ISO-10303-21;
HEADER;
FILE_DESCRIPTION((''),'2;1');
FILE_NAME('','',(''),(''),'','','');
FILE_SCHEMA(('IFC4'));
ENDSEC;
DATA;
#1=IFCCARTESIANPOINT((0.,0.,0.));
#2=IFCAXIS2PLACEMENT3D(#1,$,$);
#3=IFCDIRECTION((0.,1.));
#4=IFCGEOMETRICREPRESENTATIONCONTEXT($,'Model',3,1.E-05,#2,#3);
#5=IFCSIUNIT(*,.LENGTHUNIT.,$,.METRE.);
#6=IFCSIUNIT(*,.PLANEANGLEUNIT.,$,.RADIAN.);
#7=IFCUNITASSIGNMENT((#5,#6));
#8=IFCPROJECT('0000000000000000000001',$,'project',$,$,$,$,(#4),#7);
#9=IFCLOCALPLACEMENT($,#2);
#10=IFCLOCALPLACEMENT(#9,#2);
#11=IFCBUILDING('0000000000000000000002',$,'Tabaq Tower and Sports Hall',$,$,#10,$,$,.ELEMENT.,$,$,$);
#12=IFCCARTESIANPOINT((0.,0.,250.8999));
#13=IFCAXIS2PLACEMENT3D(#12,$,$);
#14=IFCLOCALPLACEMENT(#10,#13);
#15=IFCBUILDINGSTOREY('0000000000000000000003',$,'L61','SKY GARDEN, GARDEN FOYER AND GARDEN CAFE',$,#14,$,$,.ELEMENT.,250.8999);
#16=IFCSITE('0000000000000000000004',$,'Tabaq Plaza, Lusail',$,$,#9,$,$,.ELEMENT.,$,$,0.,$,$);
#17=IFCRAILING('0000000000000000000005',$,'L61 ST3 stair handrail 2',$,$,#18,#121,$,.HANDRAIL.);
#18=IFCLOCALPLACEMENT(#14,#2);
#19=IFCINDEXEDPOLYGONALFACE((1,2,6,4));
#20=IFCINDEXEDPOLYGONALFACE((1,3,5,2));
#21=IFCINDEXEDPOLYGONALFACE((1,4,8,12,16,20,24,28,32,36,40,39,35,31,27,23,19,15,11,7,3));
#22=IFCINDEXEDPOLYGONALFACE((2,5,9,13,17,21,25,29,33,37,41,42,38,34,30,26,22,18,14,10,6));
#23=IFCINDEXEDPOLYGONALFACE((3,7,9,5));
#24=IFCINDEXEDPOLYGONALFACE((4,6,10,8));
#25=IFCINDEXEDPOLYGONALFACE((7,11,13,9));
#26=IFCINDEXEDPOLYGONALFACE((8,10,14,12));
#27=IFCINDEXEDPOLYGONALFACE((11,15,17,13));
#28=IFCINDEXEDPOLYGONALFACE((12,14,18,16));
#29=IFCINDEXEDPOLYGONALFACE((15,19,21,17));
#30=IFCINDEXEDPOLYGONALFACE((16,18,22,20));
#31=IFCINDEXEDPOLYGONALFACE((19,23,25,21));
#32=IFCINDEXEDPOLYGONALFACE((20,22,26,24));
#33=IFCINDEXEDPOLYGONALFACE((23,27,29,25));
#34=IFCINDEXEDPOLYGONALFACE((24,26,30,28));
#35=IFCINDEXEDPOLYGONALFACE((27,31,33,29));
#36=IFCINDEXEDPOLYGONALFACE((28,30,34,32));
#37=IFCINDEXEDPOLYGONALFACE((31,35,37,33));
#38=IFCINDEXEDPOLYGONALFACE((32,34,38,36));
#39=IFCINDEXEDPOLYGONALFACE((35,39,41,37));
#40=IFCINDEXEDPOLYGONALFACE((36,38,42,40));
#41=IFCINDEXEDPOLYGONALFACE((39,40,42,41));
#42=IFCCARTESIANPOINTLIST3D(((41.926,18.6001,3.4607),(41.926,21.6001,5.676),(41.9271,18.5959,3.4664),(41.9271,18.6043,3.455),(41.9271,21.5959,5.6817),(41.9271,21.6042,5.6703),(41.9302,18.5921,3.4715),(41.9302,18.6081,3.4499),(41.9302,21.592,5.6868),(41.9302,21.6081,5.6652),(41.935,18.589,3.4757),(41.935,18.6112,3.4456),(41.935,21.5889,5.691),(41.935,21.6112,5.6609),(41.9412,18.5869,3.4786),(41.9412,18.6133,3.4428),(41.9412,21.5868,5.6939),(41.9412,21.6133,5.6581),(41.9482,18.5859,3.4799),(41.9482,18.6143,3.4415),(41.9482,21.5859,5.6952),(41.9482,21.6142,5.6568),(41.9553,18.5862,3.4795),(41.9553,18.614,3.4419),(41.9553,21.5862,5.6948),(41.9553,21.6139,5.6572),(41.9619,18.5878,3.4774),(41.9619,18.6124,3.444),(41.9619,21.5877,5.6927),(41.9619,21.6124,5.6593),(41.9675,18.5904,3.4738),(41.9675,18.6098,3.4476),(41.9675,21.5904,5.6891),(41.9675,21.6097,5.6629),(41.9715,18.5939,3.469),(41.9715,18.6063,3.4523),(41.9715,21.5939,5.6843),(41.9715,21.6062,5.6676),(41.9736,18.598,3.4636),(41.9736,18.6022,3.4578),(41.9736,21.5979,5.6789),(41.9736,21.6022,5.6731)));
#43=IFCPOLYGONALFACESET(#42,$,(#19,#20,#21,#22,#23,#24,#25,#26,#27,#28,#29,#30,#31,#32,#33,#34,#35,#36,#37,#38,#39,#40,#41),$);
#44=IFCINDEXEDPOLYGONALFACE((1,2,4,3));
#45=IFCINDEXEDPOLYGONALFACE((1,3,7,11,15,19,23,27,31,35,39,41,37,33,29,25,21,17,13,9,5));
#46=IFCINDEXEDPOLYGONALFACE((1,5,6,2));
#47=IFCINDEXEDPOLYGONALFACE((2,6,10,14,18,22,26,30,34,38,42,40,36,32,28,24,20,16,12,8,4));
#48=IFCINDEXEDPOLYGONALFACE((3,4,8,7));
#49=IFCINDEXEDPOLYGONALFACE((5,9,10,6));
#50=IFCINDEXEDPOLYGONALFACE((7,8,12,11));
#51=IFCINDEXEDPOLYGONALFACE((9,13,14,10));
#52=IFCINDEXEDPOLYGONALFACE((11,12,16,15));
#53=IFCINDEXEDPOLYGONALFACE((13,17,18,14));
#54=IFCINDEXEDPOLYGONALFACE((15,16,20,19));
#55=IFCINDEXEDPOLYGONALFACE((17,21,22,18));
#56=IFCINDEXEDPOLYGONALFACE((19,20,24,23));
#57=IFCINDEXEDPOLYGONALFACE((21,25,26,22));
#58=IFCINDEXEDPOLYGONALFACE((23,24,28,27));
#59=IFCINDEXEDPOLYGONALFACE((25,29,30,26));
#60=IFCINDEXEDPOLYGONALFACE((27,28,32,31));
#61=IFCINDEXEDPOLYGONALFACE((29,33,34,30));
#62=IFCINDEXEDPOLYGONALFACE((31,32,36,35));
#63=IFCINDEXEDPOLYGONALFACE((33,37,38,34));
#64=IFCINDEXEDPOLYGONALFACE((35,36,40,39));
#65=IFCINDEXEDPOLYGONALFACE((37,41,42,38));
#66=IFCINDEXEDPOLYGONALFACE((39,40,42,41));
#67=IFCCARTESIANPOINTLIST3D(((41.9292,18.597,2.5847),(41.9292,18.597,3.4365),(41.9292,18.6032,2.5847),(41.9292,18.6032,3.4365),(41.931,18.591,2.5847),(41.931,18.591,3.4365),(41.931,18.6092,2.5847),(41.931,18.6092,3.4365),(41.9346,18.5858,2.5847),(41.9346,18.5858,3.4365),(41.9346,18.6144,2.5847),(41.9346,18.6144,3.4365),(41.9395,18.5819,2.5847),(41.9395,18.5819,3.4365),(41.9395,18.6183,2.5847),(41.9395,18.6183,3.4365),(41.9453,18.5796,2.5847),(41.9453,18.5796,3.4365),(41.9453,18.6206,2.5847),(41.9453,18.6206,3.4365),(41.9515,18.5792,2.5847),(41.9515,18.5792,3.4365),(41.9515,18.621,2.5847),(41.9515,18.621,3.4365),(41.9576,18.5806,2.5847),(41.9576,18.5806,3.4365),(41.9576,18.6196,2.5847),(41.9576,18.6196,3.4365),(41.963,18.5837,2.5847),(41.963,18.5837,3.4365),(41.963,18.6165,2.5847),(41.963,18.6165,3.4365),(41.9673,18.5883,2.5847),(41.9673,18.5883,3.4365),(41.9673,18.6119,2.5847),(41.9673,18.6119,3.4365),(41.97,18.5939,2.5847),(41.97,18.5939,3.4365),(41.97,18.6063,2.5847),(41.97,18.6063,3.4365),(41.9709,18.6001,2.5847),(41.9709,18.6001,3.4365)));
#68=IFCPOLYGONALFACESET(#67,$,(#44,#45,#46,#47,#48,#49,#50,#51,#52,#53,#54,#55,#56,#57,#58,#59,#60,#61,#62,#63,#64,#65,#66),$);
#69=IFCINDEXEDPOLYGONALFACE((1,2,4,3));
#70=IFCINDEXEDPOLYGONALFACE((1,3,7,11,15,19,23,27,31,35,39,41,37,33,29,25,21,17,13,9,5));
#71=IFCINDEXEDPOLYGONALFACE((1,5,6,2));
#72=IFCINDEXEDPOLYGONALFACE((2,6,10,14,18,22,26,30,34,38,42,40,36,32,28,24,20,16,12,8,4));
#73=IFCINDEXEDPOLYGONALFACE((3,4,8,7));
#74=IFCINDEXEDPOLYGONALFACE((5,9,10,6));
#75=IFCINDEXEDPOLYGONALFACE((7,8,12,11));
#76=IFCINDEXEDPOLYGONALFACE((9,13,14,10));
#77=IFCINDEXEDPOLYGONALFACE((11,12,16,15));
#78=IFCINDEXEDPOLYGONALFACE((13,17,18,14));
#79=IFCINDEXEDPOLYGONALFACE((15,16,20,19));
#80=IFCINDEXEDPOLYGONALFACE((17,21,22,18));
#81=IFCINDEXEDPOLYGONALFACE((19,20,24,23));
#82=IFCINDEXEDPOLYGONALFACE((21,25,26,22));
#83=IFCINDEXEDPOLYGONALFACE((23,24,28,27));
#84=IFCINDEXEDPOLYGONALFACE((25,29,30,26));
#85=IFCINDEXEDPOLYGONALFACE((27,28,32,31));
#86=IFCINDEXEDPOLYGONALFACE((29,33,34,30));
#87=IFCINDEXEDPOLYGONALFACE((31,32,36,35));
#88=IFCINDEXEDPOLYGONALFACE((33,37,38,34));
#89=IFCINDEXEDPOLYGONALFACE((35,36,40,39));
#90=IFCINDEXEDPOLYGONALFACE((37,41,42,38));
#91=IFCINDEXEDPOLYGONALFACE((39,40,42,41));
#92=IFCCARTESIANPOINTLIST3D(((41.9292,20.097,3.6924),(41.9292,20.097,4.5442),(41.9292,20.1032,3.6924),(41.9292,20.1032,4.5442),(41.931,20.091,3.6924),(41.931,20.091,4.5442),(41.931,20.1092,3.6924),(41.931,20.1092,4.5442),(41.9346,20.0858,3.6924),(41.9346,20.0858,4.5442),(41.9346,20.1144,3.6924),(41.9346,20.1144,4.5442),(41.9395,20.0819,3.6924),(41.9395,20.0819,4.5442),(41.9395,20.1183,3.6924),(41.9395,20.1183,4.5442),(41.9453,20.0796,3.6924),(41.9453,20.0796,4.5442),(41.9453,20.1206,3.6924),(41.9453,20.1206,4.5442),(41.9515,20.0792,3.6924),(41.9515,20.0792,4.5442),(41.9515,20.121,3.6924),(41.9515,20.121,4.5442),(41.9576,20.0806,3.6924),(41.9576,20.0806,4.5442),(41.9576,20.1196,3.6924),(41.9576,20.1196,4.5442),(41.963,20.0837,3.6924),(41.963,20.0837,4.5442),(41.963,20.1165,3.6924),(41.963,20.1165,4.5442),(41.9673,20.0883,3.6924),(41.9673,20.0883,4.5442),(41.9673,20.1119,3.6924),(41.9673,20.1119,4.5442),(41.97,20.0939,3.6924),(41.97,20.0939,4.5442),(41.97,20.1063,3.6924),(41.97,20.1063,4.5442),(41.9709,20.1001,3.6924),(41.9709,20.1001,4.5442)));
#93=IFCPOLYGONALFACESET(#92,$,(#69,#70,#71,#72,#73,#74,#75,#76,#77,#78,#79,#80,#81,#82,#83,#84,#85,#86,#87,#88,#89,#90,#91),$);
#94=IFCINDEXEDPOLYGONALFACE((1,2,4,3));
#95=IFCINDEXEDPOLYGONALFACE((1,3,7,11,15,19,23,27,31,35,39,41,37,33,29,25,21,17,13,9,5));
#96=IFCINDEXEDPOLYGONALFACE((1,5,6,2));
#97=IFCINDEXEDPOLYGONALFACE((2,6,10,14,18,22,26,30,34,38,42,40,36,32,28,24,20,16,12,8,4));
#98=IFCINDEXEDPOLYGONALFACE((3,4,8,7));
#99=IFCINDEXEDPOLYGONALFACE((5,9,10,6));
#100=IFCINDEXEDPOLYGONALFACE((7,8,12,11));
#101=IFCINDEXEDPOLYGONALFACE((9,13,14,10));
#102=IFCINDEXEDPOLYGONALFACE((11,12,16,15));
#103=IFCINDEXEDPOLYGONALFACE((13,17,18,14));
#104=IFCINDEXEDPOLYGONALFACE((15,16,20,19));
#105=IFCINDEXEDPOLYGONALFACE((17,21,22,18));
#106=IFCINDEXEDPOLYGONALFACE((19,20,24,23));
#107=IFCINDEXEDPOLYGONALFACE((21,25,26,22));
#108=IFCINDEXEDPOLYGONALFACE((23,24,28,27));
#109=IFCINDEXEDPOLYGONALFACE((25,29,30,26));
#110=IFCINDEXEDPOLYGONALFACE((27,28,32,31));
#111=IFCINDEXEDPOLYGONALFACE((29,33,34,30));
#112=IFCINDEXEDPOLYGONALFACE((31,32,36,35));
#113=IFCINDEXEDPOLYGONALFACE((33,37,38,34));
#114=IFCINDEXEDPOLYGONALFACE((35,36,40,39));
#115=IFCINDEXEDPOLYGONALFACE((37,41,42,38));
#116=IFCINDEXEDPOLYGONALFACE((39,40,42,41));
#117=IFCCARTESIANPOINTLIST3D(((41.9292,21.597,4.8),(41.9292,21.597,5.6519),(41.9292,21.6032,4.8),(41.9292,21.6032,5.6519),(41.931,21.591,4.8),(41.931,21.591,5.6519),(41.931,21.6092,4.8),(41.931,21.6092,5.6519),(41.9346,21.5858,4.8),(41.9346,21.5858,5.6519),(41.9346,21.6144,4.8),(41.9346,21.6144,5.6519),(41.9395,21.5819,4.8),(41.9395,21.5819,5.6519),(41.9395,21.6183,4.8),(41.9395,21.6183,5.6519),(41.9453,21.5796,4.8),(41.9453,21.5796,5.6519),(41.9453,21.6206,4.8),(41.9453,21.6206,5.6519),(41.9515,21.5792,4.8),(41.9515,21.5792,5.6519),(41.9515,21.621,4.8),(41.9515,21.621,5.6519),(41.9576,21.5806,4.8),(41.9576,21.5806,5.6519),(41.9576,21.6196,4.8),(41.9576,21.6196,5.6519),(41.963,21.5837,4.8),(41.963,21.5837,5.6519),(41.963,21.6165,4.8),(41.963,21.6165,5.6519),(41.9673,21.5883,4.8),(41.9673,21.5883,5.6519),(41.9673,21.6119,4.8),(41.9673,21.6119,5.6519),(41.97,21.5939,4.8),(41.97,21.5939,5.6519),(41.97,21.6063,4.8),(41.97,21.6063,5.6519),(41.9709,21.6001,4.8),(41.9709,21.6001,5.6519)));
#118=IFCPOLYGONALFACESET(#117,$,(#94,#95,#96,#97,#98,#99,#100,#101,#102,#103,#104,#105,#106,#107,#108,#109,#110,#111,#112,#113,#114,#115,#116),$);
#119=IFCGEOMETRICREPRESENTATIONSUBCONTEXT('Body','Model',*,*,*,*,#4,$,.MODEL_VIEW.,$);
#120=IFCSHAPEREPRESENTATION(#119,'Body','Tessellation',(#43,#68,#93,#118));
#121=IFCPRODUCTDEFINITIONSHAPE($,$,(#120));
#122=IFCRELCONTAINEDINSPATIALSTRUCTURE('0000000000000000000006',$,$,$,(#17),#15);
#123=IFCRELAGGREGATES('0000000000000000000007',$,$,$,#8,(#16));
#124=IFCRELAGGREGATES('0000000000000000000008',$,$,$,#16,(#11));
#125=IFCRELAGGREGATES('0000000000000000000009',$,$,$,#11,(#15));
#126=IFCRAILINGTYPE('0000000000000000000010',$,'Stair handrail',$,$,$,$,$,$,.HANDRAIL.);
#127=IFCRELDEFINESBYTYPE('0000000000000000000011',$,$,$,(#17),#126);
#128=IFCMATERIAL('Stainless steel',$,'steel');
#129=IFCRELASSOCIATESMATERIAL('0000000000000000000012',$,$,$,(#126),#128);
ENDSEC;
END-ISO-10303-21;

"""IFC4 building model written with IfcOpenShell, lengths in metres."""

from ifc_helpers import new_model, si_unit, direction, frame, origin, origin_2d, place, context, subcontext, project, spatial, circle, extrude, material, type_object, element, save


model = new_model("IFC4")

# Units and contexts
model_context = context("Model", 3, precision=1e-05, world=origin(), true_north=direction((0.0, 1.0)))
body_context = subcontext(model_context, "Body", "Model", "MODEL_VIEW")
ifc_project = project(units=[si_unit("LENGTHUNIT", "METRE"), si_unit("PLANEANGLEUNIT", "RADIAN")], contexts=[model_context])

# Site, building, storey
site_placement = place(None, origin())
site = spatial("IfcSite", under=ifc_project, at=site_placement, Name="Tabaq Plaza, Lusail", CompositionType="ELEMENT", RefElevation=0.0)
building_placement = place(site_placement, origin())
building = spatial("IfcBuilding", under=site, at=building_placement, Name="Tabaq Tower and Sports Hall", CompositionType="ELEMENT")
storey_placement = place(building_placement, frame((0.0, 0.0, 250.8999)))
storey = spatial("IfcBuildingStorey", under=building, at=storey_placement, Name="L61", Description="SKY GARDEN, GARDEN FOYER AND GARDEN CAFE", CompositionType="ELEMENT", Elevation=250.8999)

# Railing
ifc_material_1 = material(Name="Stainless steel", Category="steel")
railing_type_1 = type_object("IfcRailingType", Name="Stair handrail", PredefinedType="HANDRAIL", material=ifc_material_1)
railing_1_placement = place(storey_placement, frame((41.95, 18.6001, 2.5847)))
element("IfcRailing", 1, at=railing_1_placement, inside=storey, type_object=railing_type_1, Name="L61 ST3 stair handrail 2", PredefinedType="HANDRAIL", context=body_context, shape_type="SweptSolid", body=[
    extrude(circle(Radius=0.0239, at=origin_2d()), frame((0.0, 0.0, 0.876), z_axis=(0.0, 0.80444, 0.594034), x_axis=(-1.0, 0.0, 0.0)), (0.0, 0.0, 1.0), 3.7292),
    extrude(circle(Radius=0.021, at=origin_2d()), origin(), (0.0, 0.0, 1.0), 0.8518),
    extrude(circle(Radius=0.021, at=origin_2d()), frame((0.0, 1.5, 1.1077)), (0.0, 0.0, 1.0), 0.8518),
    extrude(circle(Radius=0.021, at=origin_2d()), frame((0.0, 3.0, 2.2153)), (0.0, 0.0, 1.0), 0.8518),
])

save(model, "model.ifc")
